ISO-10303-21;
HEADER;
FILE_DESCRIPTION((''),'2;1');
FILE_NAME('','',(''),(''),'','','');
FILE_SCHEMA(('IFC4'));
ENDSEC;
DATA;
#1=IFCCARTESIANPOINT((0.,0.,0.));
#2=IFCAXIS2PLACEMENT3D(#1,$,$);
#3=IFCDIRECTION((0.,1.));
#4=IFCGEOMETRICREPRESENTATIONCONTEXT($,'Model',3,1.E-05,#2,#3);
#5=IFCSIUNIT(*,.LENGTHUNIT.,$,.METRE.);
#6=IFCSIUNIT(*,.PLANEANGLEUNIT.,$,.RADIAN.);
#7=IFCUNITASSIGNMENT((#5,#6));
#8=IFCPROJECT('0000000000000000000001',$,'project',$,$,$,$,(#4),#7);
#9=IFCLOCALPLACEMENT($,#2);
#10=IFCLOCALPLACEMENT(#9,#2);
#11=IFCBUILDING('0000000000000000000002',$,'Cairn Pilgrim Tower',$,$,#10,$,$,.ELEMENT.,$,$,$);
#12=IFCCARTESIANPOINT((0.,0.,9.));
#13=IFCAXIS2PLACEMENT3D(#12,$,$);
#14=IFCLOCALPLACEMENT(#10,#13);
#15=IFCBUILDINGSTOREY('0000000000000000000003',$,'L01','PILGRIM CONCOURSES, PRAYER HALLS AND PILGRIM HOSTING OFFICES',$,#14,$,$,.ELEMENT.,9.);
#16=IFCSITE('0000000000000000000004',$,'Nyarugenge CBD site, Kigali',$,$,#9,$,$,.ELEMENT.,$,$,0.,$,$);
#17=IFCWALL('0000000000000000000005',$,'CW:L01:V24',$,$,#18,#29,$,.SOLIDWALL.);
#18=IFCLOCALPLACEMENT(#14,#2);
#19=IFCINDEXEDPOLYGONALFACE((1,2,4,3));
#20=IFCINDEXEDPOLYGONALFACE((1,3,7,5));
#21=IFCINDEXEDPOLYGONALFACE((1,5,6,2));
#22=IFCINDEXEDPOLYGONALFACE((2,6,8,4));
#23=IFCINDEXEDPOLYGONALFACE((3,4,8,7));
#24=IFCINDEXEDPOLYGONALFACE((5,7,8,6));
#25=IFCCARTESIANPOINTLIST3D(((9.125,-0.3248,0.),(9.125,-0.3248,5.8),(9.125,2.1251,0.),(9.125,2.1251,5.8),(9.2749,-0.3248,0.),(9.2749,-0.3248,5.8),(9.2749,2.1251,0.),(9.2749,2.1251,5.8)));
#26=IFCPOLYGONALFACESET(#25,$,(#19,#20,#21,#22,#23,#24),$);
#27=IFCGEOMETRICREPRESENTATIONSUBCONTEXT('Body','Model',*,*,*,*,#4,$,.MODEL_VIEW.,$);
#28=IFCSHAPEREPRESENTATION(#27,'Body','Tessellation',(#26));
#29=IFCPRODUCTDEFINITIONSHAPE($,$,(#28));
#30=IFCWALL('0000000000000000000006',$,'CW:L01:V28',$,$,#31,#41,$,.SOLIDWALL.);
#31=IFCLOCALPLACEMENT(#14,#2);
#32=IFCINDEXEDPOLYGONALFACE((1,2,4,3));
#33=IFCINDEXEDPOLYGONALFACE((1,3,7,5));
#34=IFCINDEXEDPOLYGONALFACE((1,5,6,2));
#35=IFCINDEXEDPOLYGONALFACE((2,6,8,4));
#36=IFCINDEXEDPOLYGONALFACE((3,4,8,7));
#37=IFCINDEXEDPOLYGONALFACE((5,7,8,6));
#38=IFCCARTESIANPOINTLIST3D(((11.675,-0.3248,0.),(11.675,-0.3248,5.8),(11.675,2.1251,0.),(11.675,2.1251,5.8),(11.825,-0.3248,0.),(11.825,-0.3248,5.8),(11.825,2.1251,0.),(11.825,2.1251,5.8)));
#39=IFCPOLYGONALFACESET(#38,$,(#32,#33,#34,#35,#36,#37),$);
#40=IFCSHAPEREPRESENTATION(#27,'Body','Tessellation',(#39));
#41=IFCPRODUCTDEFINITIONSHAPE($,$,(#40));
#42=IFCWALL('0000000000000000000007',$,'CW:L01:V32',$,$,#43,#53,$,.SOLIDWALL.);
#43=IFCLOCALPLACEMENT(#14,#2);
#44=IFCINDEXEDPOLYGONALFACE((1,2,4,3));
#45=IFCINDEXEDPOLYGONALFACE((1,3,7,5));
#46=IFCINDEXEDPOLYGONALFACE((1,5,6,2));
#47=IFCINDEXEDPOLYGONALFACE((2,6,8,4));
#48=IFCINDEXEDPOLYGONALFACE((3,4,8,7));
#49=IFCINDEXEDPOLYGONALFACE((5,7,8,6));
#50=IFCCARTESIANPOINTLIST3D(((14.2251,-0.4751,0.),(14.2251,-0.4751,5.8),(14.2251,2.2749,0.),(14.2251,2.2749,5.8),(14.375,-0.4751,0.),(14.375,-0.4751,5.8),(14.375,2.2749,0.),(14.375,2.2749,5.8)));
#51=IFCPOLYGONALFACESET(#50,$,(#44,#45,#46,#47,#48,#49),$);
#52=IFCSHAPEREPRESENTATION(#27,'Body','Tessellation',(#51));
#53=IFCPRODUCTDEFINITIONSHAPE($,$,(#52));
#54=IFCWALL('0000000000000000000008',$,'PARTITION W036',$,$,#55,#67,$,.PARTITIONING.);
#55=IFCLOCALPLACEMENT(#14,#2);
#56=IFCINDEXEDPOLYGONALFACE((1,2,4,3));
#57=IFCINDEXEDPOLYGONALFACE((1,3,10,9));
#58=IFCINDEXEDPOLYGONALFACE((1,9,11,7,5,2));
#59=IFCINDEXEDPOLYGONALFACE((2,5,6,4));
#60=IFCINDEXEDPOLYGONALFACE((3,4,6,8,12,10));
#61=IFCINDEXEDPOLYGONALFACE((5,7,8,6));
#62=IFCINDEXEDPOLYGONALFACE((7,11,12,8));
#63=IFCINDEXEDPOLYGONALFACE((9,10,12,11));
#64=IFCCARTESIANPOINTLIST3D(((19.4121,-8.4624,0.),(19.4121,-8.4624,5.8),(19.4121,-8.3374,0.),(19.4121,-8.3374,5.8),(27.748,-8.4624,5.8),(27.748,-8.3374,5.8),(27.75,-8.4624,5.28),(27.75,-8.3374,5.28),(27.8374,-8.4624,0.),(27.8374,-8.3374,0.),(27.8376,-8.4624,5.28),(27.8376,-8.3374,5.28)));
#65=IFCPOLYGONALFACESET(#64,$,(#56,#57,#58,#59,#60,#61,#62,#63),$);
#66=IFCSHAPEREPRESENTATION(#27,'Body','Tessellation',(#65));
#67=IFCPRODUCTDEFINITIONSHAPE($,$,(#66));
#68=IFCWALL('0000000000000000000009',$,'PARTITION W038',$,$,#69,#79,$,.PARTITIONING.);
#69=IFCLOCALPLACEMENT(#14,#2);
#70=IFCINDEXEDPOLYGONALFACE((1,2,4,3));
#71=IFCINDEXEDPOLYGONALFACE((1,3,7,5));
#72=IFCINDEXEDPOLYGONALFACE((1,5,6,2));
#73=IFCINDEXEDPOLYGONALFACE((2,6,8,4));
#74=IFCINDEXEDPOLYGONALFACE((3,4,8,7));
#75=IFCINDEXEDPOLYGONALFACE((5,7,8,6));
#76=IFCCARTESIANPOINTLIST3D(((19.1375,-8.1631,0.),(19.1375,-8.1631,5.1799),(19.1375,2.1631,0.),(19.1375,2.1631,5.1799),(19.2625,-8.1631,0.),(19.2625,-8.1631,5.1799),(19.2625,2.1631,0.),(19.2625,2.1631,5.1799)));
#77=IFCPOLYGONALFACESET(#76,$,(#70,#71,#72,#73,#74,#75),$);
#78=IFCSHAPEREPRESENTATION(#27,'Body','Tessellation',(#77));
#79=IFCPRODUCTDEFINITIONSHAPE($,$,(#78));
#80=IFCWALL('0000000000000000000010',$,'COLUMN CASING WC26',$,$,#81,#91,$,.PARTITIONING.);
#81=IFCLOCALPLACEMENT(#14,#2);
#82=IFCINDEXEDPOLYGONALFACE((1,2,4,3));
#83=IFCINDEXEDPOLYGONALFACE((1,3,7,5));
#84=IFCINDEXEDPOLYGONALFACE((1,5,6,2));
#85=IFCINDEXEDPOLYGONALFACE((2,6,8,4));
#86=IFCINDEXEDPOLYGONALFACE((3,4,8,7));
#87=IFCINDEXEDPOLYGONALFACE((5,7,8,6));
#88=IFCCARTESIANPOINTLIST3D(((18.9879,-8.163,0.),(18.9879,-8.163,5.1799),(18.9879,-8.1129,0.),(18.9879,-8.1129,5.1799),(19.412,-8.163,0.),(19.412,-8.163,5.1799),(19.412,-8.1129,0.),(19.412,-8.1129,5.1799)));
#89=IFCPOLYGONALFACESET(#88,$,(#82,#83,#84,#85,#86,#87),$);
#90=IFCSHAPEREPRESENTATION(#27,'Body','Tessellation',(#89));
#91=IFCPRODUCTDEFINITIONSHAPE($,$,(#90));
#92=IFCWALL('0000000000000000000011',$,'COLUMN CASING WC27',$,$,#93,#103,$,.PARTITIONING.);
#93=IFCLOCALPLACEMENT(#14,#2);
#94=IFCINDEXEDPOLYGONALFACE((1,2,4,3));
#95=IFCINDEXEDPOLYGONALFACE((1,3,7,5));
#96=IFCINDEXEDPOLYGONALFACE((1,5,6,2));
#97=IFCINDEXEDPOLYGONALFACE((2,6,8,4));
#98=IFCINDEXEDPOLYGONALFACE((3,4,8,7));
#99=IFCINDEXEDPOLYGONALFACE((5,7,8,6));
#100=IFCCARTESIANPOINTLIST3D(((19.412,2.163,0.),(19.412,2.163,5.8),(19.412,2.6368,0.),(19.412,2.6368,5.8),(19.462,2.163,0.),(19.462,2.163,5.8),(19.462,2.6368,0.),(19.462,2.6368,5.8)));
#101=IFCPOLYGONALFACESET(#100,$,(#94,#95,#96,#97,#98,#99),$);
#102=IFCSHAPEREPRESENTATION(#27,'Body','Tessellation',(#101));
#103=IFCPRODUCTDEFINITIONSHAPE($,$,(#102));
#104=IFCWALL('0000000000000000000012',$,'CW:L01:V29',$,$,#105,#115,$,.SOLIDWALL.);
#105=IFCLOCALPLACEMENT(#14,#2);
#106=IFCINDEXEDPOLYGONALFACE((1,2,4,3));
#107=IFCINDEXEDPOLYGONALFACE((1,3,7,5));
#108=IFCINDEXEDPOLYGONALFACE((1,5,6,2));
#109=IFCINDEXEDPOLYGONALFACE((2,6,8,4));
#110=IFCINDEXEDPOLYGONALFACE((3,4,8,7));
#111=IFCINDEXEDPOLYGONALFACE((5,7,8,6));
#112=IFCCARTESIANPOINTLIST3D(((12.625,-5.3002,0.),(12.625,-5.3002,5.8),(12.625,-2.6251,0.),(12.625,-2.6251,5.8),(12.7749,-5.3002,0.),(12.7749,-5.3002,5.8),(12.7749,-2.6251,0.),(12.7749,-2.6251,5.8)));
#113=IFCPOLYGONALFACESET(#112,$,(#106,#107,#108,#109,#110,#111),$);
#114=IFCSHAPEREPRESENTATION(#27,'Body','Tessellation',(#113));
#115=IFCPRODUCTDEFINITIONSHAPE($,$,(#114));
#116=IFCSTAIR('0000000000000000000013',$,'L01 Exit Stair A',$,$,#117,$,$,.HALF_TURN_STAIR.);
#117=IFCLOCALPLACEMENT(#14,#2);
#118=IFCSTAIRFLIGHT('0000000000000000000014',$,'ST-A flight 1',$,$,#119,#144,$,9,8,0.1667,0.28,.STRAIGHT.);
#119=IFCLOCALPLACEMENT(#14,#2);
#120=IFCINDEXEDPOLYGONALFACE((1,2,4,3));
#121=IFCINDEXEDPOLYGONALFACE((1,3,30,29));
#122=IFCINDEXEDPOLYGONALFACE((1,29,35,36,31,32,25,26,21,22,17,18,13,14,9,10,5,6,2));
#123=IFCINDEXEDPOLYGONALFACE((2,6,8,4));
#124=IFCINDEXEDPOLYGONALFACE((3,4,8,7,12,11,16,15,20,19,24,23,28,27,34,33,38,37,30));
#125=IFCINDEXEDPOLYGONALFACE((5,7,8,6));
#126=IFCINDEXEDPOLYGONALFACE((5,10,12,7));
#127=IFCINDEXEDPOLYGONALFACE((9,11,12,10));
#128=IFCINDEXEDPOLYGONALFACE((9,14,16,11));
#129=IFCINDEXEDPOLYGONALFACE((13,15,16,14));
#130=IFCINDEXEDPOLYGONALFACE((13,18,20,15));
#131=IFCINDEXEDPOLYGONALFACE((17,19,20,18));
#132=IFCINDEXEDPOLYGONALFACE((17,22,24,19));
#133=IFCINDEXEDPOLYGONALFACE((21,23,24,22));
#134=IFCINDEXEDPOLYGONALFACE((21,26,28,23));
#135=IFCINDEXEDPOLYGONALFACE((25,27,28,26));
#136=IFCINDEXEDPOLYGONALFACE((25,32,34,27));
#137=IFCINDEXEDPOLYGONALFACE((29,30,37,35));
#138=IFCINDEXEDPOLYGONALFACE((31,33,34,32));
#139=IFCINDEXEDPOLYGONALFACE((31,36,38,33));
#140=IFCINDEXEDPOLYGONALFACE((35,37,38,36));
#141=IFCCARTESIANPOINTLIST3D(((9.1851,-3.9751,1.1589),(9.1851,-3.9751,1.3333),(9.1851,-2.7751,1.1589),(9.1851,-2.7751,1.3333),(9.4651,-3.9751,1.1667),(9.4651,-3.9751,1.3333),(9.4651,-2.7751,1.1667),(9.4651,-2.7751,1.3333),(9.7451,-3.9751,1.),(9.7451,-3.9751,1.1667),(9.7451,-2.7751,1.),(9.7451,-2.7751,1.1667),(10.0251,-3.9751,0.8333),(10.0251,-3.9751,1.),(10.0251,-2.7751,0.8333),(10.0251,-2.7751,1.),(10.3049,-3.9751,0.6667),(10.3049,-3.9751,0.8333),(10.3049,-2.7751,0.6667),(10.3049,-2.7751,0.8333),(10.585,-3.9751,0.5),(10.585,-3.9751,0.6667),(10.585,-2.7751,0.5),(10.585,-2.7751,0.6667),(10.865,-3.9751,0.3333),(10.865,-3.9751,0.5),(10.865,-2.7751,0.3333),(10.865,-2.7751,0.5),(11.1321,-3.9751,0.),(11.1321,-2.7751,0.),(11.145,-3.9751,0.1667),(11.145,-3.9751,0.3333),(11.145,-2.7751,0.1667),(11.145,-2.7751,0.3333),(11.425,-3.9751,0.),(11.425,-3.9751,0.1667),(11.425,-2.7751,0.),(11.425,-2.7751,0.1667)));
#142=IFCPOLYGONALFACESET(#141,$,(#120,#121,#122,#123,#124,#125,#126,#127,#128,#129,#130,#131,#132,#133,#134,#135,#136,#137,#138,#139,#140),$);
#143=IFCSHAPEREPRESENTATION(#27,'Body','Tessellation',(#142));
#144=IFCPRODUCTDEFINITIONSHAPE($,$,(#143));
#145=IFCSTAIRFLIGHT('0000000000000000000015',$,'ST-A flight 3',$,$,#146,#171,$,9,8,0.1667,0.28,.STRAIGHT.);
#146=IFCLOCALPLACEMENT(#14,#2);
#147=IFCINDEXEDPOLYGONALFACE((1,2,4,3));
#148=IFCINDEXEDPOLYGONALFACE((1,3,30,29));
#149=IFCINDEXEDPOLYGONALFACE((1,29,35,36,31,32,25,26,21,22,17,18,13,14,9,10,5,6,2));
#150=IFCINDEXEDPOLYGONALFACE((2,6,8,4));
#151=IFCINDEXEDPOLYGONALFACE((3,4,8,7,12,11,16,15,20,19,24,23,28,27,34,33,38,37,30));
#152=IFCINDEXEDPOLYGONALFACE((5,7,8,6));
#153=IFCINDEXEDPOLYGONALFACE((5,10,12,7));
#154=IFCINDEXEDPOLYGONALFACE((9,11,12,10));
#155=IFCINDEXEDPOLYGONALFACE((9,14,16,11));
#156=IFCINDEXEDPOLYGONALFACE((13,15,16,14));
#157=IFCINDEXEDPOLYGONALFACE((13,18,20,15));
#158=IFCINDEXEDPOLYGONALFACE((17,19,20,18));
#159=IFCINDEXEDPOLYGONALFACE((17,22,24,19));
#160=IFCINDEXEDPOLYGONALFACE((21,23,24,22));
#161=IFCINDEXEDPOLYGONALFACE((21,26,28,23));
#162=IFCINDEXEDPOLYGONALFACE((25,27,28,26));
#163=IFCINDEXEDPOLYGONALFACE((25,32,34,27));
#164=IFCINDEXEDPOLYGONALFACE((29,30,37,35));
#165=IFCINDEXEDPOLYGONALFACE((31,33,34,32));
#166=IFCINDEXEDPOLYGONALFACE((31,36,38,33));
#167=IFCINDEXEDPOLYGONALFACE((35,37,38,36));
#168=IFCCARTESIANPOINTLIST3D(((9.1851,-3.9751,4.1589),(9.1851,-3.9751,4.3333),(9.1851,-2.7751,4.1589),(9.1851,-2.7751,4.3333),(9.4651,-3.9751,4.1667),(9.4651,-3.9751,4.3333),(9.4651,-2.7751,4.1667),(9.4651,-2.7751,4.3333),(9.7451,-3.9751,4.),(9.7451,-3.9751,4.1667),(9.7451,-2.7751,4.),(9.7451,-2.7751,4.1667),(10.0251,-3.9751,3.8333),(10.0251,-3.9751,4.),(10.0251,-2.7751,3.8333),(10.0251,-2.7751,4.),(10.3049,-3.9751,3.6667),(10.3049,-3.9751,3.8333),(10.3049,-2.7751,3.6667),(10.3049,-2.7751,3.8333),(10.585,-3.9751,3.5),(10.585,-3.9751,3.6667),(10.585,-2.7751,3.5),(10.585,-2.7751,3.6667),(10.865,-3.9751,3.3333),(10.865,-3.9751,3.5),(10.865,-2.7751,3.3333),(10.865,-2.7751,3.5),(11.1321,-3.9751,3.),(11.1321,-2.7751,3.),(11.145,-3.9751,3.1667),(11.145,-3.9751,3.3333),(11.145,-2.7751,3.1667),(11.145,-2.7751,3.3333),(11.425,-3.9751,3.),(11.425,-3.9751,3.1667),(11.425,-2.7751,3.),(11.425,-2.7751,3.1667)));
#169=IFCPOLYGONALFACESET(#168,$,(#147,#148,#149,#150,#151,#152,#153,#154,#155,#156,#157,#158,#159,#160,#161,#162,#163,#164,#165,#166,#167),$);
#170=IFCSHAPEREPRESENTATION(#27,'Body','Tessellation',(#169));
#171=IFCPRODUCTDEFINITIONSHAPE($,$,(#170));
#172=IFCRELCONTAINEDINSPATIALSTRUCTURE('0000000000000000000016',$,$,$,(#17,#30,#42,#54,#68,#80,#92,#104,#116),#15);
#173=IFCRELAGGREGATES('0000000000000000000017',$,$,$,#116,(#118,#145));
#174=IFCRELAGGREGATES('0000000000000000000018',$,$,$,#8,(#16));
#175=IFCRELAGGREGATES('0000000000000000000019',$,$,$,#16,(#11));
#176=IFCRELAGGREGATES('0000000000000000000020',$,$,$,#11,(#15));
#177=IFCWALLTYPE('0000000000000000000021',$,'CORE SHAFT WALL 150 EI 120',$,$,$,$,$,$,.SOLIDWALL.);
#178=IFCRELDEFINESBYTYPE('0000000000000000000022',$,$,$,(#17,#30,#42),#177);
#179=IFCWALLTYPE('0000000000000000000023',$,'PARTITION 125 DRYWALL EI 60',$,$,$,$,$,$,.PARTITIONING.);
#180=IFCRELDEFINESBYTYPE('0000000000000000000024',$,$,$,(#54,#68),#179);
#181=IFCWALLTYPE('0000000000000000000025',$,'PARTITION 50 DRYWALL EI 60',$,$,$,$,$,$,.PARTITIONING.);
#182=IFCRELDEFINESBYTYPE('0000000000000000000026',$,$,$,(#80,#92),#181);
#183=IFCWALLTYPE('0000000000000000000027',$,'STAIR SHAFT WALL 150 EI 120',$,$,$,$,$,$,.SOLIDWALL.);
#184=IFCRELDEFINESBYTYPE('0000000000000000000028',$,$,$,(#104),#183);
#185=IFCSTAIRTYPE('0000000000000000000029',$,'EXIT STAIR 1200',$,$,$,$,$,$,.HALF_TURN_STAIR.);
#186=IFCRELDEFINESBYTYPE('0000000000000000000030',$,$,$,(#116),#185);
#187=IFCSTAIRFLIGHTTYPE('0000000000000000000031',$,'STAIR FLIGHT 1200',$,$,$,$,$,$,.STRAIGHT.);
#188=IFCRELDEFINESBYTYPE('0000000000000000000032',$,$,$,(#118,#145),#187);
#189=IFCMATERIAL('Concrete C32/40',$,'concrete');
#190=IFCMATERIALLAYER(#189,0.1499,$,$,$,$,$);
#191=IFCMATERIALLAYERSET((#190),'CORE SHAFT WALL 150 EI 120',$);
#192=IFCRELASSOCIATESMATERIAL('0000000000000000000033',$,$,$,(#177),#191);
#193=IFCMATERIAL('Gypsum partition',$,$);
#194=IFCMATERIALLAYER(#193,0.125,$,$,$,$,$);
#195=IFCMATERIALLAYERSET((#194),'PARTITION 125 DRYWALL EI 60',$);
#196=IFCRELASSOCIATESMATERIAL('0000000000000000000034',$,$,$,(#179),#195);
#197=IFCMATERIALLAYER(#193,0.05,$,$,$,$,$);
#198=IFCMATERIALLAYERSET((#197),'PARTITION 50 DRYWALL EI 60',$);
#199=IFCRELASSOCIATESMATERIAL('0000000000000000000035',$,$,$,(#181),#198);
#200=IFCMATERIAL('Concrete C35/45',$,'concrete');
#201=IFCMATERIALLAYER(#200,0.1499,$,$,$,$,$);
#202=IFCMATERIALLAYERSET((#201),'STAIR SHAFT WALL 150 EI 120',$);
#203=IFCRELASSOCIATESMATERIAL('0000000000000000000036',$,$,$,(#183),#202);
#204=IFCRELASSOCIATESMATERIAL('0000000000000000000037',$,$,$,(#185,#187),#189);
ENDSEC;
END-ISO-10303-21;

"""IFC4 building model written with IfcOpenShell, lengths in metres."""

from ifc_helpers import new_model, si_unit, direction, frame, frame_2d, origin, place, context, subcontext, project, spatial, polyline, rectangle, outline, extrude, material, layer, layer_set, type_object, element, aggregate, save


model = new_model("IFC4")

# Units and contexts
model_context = context("Model", 3, precision=1e-05, world=origin(), true_north=direction((0.0, 1.0)))
body_context = subcontext(model_context, "Body", "Model", "MODEL_VIEW")
ifc_project = project(units=[si_unit("LENGTHUNIT", "METRE"), si_unit("PLANEANGLEUNIT", "RADIAN")], contexts=[model_context])

# Site, building, storey
site_placement = place(None, origin())
site = spatial("IfcSite", under=ifc_project, at=site_placement, Name="Nyarugenge CBD site, Kigali", CompositionType="ELEMENT", RefElevation=0.0)
building_placement = place(site_placement, origin())
building = spatial("IfcBuilding", under=site, at=building_placement, Name="Cairn Pilgrim Tower", CompositionType="ELEMENT")
storey_placement = place(building_placement, frame((0.0, 0.0, 9.0)))
storey = spatial("IfcBuildingStorey", under=building, at=storey_placement, Name="L01", Description="PILGRIM CONCOURSES, PRAYER HALLS AND PILGRIM HOSTING OFFICES", CompositionType="ELEMENT", Elevation=9.0)

# Shared definitions
ifc_material_1 = material(Name="Concrete C32/40", Category="concrete")

# Walls
ifc_layer_1 = layer(ifc_material_1, 0.1499)
ifc_layer_set_1 = layer_set([ifc_layer_1], Name="CORE SHAFT WALL 150 EI 120")
wall_type_1 = type_object("IfcWallType", Name="CORE SHAFT WALL 150 EI 120", PredefinedType="SOLIDWALL", material=ifc_layer_set_1)
for number, where, z_axis, x_axis, name in (
    (1, (9.2, -0.325, 0.0), (0.0, 0.0, 1.0), (0.0, 1.0, 0.0), "CW:L01:V24"),
    (2, (11.75, -0.325, 0.0), (0.0, 0.0, 1.0), (0.0, 1.0, 0.0), "CW:L01:V28"),
):
    element("IfcWall", number, at=place(storey_placement, frame(where, z_axis=z_axis, x_axis=x_axis)), inside=storey, type_object=wall_type_1, Name=name, PredefinedType="SOLIDWALL", context=body_context, shape_type="SweptSolid", body=[
        extrude(rectangle(XDim=2.45, YDim=0.1499, at=frame_2d((1.2251, 0.0))), origin(), (0.0, 0.0, 1.0), 5.8),
    ])
wall_1_placement = place(storey_placement, frame((14.3, -0.4751, 0.0), z_axis=(0.0, 0.0, 1.0), x_axis=(0.0, 1.0, 0.0)))
element("IfcWall", 3, at=wall_1_placement, inside=storey, type_object=wall_type_1, Name="CW:L01:V32", PredefinedType="SOLIDWALL", context=body_context, shape_type="SweptSolid", body=[
    extrude(rectangle(XDim=2.75, YDim=0.1499, at=frame_2d((1.375, 0.0))), origin(), (0.0, 0.0, 1.0), 5.8),
])
ifc_material_2 = material(Name="Gypsum partition")
ifc_layer_2 = layer(ifc_material_2, 0.125)
ifc_layer_set_2 = layer_set([ifc_layer_2], Name="PARTITION 125 DRYWALL EI 60")
wall_type_2 = type_object("IfcWallType", Name="PARTITION 125 DRYWALL EI 60", PredefinedType="PARTITIONING", material=ifc_layer_set_2)
wall_2_placement = place(storey_placement, frame((19.4121, -8.3999, 0.0), z_axis=(0.0, 0.0, 1.0), x_axis=(1.0, 0.0, 0.0)))
element("IfcWall", 4, at=wall_2_placement, inside=storey, type_object=wall_type_2, Name="PARTITION W036", PredefinedType="PARTITIONING", context=body_context, shape_type="SweptSolid", body=[
    extrude(outline(polyline([(0.0, 0.0), (8.4253, 0.0), (8.4255, 5.28), (8.3379, 5.28), (8.3359, 5.8), (0.0, 5.8), (0.0, 0.0)])), frame((0.0, 0.0625, 0.0), z_axis=(0.0, -1.0, 0.0), x_axis=(1.0, 0.0, 0.0)), (0.0, 0.0, 1.0), 0.125),
])
wall_3_placement = place(storey_placement, frame((19.2, -8.1631, 0.0), z_axis=(0.0, 0.0, 1.0), x_axis=(0.0, 1.0, 0.0)))
element("IfcWall", 5, at=wall_3_placement, inside=storey, type_object=wall_type_2, Name="PARTITION W038", PredefinedType="PARTITIONING", context=body_context, shape_type="SweptSolid", body=[
    extrude(rectangle(XDim=10.3262, YDim=0.125, at=frame_2d((5.1631, 0.0))), origin(), (0.0, 0.0, 1.0), 5.1799),
])
ifc_layer_3 = layer(ifc_material_2, 0.05)
ifc_layer_set_3 = layer_set([ifc_layer_3], Name="PARTITION 50 DRYWALL EI 60")
wall_type_3 = type_object("IfcWallType", Name="PARTITION 50 DRYWALL EI 60", PredefinedType="PARTITIONING", material=ifc_layer_set_3)
wall_4_placement = place(storey_placement, frame((18.988, -8.1379, 0.0), z_axis=(0.0, 0.0, 1.0), x_axis=(1.0, 0.0, 0.0)))
element("IfcWall", 6, at=wall_4_placement, inside=storey, type_object=wall_type_3, Name="COLUMN CASING WC26", PredefinedType="PARTITIONING", context=body_context, shape_type="SweptSolid", body=[
    extrude(rectangle(XDim=0.4241, YDim=0.05, at=frame_2d((0.2119, 0.0))), origin(), (0.0, 0.0, 1.0), 5.1799),
])
wall_5_placement = place(storey_placement, frame((19.437, 2.1631, 0.0), z_axis=(0.0, 0.0, 1.0), x_axis=(0.0, 1.0, 0.0)))
element("IfcWall", 7, at=wall_5_placement, inside=storey, type_object=wall_type_3, Name="COLUMN CASING WC27", PredefinedType="PARTITIONING", context=body_context, shape_type="SweptSolid", body=[
    extrude(rectangle(XDim=0.4739, YDim=0.05, at=frame_2d((0.2368, 0.0))), origin(), (0.0, 0.0, 1.0), 5.8),
])
ifc_material_3 = material(Name="Concrete C35/45", Category="concrete")
ifc_layer_4 = layer(ifc_material_3, 0.1499)
ifc_layer_set_4 = layer_set([ifc_layer_4], Name="STAIR SHAFT WALL 150 EI 120")
wall_type_4 = type_object("IfcWallType", Name="STAIR SHAFT WALL 150 EI 120", PredefinedType="SOLIDWALL", material=ifc_layer_set_4)
wall_6_placement = place(storey_placement, frame((12.7, -5.3, 0.0), z_axis=(0.0, 0.0, 1.0), x_axis=(0.0, 1.0, 0.0)))
element("IfcWall", 8, at=wall_6_placement, inside=storey, type_object=wall_type_4, Name="CW:L01:V29", PredefinedType="SOLIDWALL", context=body_context, shape_type="SweptSolid", body=[
    extrude(rectangle(XDim=2.675, YDim=0.1499, at=frame_2d((1.3374, 0.0))), origin(), (0.0, 0.0, 1.0), 5.8),
])

# Stair, stair flights
stair_type = type_object("IfcStairType", Name="EXIT STAIR 1200", PredefinedType="HALF_TURN_STAIR", material=ifc_material_1)
stair_placement = place(storey_placement, origin())
stair = element("IfcStair", 9, at=stair_placement, inside=storey, type_object=stair_type, Name="L01 Exit Stair A", PredefinedType="HALF_TURN_STAIR")
stair_flight_type = type_object("IfcStairFlightType", Name="STAIR FLIGHT 1200", PredefinedType="STRAIGHT", material=ifc_material_1)
stair_flight_1_placement = place(storey_placement, frame((11.425, -3.375, 0.0), z_axis=(0.0, 0.0, 1.0), x_axis=(-1.0, 0.0, 0.0)))
stair_flight_1 = element("IfcStairFlight", 10, at=stair_flight_1_placement, type_object=stair_flight_type, Name="ST-A flight 1", NumberOfRisers=9, NumberOfTreads=8, PredefinedType="STRAIGHT", RiserHeight=0.1667, TreadLength=0.28, context=body_context, shape_type="SweptSolid", body=[
    extrude(outline(polyline([(0.0, 0.0), (0.0, 0.1667), (0.28, 0.1667), (0.28, 0.3333), (0.5601, 0.3333), (0.5601, 0.5), (0.8401, 0.5), (0.8401, 0.6667), (1.1201, 0.6667), (1.1201, 0.8333), (1.3999, 0.8333), (1.3999, 1.0), (1.6799, 1.0), (1.6799, 1.1667), (1.96, 1.1667), (1.96, 1.3333), (2.24, 1.3333), (2.24, 1.5), (2.24, 1.1589), (0.293, 0.0), (0.0, 0.0)])), frame((0.0, 0.6001, 0.0), z_axis=(0.0, -1.0, 0.0), x_axis=(1.0, 0.0, 0.0)), (0.0, 0.0, 1.0), 1.2),
])
stair_flight_2_placement = place(storey_placement, frame((11.425, -3.375, 3.0), z_axis=(0.0, 0.0, 1.0), x_axis=(-1.0, 0.0, 0.0)))
stair_flight_2 = element("IfcStairFlight", 11, at=stair_flight_2_placement, type_object=stair_flight_type, Name="ST-A flight 3", NumberOfRisers=9, NumberOfTreads=8, PredefinedType="STRAIGHT", RiserHeight=0.1667, TreadLength=0.28, context=body_context, shape_type="SweptSolid", body=[
    extrude(outline(polyline([(0.0, 0.0), (0.0, 0.1667), (0.28, 0.1667), (0.28, 0.3333), (0.5601, 0.3333), (0.5601, 0.5), (0.8401, 0.5), (0.8401, 0.6667), (1.1201, 0.6667), (1.1201, 0.8333), (1.3999, 0.8333), (1.3999, 1.0), (1.6799, 1.0), (1.6799, 1.1667), (1.96, 1.1667), (1.96, 1.3333), (2.24, 1.3333), (2.24, 1.5), (2.24, 1.1589), (0.293, 0.0), (0.0, 0.0)])), frame((0.0, 0.6001, 0.0), z_axis=(0.0, -1.0, 0.0), x_axis=(1.0, 0.0, 0.0)), (0.0, 0.0, 1.0), 1.2),
])
aggregate(stair, [stair_flight_1, stair_flight_2])

save(model, "model.ifc")
